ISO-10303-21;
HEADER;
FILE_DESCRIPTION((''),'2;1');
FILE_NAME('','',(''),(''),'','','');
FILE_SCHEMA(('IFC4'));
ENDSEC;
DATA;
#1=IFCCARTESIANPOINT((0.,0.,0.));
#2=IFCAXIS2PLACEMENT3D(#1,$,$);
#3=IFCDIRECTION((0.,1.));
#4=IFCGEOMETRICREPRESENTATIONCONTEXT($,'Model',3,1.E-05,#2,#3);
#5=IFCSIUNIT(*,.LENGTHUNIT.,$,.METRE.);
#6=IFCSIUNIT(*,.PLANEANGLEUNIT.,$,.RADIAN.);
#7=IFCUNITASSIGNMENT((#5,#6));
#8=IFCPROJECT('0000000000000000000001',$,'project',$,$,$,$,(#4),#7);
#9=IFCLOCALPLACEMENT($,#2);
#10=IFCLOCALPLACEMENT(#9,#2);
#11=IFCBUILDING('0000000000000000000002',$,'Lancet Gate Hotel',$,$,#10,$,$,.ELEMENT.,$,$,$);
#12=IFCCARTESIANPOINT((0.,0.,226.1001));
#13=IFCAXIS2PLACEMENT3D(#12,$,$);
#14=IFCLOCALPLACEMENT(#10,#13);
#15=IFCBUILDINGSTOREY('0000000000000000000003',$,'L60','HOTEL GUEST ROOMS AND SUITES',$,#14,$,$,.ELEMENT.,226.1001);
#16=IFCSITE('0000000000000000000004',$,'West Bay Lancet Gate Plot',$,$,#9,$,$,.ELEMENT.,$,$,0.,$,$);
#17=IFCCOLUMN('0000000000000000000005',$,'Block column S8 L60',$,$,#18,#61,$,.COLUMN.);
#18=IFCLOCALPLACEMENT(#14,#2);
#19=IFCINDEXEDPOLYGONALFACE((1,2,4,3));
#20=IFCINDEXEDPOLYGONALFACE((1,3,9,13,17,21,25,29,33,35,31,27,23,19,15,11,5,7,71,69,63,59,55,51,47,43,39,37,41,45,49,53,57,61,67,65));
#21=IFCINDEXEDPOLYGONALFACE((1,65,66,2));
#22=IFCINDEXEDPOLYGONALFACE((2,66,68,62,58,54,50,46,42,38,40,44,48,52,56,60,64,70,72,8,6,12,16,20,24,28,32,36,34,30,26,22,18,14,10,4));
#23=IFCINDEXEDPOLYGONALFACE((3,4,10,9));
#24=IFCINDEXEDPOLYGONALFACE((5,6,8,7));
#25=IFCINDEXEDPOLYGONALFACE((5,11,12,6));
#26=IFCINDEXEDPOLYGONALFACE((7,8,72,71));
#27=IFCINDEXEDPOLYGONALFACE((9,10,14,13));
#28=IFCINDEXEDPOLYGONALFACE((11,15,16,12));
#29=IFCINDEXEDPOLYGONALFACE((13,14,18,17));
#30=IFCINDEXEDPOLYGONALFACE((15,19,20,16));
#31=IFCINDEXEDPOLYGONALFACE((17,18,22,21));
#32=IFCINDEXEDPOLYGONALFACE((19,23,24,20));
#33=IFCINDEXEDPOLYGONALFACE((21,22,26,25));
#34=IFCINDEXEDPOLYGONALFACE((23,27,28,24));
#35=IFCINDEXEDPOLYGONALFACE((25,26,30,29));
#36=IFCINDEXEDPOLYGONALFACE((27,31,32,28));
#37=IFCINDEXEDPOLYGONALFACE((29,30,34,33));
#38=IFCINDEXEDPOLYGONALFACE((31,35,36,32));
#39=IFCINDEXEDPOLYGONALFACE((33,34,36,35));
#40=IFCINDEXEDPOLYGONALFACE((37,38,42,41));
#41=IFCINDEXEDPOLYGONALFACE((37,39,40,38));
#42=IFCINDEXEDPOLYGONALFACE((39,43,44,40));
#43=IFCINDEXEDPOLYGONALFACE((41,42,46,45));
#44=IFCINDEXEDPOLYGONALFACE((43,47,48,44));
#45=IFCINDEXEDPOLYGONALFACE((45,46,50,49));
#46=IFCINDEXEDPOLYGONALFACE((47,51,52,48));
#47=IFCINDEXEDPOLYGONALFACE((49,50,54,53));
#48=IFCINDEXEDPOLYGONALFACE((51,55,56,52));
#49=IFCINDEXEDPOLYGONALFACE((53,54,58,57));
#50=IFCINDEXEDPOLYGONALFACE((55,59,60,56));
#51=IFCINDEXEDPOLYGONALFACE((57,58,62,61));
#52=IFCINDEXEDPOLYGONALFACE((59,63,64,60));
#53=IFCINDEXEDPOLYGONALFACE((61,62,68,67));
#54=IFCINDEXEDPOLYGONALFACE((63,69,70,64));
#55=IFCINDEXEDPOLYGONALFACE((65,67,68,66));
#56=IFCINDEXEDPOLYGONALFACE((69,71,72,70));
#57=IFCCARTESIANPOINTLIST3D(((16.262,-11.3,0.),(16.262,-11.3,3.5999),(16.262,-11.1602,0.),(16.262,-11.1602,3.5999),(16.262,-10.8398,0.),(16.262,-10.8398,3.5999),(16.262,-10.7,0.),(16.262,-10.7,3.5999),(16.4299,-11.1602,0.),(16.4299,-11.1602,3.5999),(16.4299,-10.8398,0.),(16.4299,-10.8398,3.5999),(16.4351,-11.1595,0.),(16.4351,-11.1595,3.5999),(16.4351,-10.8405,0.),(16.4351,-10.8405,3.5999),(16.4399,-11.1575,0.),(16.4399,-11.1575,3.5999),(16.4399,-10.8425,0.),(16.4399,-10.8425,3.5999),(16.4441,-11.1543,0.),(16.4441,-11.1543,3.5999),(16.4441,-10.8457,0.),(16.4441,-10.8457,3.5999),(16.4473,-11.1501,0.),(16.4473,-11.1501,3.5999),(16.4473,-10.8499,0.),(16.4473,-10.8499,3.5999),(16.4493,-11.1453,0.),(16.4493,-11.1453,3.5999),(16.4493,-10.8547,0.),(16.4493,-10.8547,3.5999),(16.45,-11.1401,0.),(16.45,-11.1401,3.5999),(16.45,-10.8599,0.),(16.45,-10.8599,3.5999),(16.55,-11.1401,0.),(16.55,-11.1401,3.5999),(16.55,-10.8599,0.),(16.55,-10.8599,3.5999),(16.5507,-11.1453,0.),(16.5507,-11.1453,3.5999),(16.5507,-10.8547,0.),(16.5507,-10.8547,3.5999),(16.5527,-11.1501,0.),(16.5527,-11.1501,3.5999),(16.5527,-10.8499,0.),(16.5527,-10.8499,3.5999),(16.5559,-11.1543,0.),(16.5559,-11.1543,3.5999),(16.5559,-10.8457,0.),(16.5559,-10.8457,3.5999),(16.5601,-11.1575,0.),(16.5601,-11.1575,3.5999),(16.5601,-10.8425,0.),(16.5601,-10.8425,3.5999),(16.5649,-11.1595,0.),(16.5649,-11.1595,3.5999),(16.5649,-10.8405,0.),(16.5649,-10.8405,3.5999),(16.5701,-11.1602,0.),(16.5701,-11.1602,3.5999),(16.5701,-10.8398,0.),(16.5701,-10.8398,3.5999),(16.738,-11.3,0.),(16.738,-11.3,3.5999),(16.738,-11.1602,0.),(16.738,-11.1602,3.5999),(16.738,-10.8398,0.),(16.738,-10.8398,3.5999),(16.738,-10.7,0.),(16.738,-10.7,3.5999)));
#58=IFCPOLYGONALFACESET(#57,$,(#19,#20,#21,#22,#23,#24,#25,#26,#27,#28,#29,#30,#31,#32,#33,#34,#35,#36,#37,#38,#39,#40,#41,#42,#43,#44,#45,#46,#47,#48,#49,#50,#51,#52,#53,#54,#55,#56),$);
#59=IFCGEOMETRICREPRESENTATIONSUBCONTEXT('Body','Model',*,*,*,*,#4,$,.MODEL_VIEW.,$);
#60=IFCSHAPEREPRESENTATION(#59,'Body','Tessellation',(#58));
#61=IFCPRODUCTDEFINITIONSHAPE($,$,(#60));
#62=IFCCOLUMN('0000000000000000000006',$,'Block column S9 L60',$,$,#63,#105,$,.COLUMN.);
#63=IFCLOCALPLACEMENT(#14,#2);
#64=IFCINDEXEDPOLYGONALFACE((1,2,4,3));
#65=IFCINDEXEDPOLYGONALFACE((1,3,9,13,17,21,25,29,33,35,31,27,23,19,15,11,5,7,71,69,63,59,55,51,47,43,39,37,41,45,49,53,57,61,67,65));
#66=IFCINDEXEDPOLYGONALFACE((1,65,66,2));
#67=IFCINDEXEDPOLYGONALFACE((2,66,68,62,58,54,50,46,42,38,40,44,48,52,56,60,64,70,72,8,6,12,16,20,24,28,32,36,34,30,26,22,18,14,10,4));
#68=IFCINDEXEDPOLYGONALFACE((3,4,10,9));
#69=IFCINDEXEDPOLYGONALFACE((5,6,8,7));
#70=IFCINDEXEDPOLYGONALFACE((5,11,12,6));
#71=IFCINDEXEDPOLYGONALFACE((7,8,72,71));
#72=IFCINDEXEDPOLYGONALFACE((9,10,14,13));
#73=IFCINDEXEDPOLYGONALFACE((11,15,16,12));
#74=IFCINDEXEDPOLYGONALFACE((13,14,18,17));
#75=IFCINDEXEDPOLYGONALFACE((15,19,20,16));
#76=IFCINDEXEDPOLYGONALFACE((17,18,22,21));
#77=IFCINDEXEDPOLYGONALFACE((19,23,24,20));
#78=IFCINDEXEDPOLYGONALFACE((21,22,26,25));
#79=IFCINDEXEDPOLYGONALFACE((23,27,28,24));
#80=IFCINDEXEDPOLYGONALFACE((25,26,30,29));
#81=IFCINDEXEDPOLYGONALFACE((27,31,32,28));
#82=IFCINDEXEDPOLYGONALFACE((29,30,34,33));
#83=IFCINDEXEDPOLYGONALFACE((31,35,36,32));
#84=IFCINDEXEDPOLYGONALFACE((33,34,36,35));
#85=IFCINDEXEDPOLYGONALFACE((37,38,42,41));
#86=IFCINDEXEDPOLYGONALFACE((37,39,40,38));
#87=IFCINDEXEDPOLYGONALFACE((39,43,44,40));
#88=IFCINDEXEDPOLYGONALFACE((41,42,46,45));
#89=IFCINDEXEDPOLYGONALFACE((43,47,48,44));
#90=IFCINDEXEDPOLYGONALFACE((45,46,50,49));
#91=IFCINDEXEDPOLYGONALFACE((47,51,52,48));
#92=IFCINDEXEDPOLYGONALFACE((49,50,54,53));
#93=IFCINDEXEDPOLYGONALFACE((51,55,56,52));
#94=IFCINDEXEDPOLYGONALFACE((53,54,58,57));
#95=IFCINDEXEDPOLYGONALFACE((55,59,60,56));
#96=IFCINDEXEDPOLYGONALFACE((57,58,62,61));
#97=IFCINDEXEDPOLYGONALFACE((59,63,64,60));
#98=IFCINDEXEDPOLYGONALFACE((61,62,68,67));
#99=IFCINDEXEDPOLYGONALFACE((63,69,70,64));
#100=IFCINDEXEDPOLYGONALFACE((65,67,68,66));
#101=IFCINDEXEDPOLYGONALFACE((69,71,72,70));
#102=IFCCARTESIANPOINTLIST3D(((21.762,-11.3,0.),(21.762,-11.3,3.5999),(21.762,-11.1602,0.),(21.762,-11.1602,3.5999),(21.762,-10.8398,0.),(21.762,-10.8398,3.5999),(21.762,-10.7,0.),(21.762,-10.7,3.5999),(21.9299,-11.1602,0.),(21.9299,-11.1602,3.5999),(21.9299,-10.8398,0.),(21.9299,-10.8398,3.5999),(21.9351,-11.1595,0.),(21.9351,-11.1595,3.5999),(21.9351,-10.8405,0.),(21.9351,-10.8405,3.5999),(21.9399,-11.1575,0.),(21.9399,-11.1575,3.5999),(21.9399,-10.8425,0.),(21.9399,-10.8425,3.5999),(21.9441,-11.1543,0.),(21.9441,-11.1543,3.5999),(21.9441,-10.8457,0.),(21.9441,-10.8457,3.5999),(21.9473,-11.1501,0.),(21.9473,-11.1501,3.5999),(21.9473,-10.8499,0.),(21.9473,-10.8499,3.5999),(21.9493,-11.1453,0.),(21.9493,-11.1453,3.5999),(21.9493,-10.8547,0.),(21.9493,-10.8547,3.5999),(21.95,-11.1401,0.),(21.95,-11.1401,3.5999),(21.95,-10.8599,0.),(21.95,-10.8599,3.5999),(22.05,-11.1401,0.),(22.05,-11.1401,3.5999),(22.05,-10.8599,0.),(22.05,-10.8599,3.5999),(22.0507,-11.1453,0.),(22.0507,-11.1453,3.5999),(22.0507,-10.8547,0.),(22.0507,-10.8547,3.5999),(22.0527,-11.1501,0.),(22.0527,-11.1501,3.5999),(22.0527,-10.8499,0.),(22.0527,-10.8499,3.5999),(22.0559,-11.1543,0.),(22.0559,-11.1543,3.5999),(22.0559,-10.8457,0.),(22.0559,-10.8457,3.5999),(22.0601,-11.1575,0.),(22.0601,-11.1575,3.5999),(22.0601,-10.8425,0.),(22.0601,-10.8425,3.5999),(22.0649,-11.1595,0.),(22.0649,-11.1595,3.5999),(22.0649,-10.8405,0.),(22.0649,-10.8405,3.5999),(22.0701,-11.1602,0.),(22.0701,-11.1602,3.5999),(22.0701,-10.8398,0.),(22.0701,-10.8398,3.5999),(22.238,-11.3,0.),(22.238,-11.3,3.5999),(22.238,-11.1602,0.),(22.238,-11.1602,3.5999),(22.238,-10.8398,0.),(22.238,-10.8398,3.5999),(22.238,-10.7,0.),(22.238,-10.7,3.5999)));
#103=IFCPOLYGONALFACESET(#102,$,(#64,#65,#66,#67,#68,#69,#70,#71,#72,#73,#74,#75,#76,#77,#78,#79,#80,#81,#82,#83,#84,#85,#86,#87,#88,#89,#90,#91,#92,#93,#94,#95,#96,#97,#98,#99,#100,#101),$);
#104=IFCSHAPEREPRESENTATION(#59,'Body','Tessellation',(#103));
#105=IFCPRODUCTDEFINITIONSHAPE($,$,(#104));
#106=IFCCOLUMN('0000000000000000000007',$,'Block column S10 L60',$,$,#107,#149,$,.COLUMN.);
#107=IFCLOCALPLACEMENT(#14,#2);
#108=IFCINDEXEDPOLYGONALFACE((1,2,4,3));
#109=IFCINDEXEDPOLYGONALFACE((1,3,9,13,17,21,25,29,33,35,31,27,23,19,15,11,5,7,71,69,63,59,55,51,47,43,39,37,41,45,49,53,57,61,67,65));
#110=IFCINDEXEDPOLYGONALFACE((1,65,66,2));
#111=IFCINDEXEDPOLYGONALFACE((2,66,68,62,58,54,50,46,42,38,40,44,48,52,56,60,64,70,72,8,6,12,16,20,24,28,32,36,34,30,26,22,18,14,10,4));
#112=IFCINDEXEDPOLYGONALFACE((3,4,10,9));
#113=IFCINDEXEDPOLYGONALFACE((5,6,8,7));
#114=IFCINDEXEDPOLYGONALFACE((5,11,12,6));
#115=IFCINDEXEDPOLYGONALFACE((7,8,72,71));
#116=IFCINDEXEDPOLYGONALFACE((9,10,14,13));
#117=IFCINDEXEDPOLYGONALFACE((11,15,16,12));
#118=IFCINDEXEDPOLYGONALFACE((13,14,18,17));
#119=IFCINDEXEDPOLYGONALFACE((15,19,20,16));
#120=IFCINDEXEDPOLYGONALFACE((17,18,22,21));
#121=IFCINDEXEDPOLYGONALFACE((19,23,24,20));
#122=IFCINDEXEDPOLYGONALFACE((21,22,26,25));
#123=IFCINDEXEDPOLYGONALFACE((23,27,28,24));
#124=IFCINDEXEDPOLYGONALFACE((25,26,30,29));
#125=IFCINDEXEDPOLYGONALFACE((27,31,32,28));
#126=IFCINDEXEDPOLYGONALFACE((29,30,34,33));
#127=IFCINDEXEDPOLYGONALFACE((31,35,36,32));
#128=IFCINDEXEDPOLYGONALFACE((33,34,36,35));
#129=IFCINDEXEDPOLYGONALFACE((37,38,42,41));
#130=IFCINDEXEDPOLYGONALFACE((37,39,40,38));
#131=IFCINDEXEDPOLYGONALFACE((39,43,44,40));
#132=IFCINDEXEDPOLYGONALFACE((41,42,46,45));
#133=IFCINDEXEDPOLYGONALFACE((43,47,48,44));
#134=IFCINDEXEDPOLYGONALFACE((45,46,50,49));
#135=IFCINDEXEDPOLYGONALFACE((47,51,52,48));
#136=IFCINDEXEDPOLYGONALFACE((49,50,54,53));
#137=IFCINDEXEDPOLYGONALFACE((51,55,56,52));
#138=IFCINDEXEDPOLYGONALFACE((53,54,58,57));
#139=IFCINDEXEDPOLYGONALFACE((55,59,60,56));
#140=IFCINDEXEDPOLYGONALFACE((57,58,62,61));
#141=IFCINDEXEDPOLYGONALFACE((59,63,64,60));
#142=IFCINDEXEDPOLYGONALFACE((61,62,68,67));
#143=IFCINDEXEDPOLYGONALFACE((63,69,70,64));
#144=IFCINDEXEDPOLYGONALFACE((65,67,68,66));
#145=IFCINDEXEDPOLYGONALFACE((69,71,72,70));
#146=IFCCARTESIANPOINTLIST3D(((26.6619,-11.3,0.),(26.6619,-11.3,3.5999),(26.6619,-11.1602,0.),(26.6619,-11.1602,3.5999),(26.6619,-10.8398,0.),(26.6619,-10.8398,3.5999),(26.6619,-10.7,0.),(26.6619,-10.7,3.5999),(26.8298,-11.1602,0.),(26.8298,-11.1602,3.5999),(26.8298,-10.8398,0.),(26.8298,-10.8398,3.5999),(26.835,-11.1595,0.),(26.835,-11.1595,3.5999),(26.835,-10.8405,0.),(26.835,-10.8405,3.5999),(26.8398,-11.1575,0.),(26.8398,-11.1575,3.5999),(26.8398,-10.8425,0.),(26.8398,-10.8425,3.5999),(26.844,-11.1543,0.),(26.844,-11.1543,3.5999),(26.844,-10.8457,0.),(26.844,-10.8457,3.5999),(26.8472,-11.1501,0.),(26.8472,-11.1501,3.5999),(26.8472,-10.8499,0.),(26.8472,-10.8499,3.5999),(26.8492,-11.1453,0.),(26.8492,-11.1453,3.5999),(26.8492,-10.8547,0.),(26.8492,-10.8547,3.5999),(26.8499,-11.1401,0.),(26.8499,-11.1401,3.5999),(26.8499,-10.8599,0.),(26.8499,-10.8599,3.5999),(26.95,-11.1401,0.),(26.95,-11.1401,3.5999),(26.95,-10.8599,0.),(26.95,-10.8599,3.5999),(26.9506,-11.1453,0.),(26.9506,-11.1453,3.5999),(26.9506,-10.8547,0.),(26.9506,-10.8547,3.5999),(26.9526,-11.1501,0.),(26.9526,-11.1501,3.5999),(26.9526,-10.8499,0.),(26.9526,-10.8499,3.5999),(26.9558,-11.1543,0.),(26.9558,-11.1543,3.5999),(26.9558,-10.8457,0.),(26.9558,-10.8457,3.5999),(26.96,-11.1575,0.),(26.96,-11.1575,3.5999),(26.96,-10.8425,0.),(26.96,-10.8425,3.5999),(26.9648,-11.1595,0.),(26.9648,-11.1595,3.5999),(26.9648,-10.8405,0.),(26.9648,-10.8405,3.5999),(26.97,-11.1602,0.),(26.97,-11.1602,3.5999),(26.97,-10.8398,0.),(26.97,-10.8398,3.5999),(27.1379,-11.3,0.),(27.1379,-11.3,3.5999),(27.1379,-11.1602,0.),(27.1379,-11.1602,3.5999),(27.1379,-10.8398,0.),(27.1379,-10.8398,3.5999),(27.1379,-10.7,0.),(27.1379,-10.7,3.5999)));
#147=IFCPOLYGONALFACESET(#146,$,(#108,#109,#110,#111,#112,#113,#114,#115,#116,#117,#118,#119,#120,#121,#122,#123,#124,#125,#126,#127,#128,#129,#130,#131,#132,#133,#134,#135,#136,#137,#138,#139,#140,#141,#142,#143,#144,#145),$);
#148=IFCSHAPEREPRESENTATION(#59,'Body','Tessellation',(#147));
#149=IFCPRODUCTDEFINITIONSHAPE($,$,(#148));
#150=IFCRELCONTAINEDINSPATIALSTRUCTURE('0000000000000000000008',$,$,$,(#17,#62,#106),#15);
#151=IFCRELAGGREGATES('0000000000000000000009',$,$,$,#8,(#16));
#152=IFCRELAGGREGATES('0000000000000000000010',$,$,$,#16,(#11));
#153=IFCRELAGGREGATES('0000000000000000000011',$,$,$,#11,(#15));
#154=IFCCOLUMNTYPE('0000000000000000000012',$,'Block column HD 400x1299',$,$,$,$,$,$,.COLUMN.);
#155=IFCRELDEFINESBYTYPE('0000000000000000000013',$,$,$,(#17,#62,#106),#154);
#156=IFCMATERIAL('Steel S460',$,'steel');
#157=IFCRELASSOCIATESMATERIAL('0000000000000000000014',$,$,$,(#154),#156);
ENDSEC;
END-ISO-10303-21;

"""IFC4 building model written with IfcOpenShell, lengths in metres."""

from ifc_helpers import new_model, si_unit, direction, frame, origin, origin_2d, place, context, subcontext, project, spatial, i_section, extrude, material, material_profile, profile_set, type_object, element, save


model = new_model("IFC4")

# Units and contexts
model_context = context("Model", 3, precision=1e-05, world=origin(), true_north=direction((0.0, 1.0)))
body_context = subcontext(model_context, "Body", "Model", "MODEL_VIEW")
ifc_project = project(units=[si_unit("LENGTHUNIT", "METRE"), si_unit("PLANEANGLEUNIT", "RADIAN")], contexts=[model_context])

# Site, building, storey
site_placement = place(None, origin())
site = spatial("IfcSite", under=ifc_project, at=site_placement, Name="West Bay Lancet Gate Plot", CompositionType="ELEMENT", RefElevation=0.0)
building_placement = place(site_placement, origin())
building = spatial("IfcBuilding", under=site, at=building_placement, Name="Lancet Gate Hotel", CompositionType="ELEMENT")
storey_placement = place(building_placement, frame((0.0, 0.0, 226.1001)))
storey = spatial("IfcBuildingStorey", under=building, at=storey_placement, Name="L60", Description="HOTEL GUEST ROOMS AND SUITES", CompositionType="ELEMENT", Elevation=226.1001)

# Columns
ifc_material_1 = material(Name="Steel S460", Category="steel")
ifc_material_profile_1 = material_profile(ifc_material_1, i_section(OverallWidth=0.4761, OverallDepth=0.6001, WebThickness=0.1001, FlangeThickness=0.1399, FilletRadius=0.02, at=origin_2d()), Name="HD 400x1299")
ifc_profile_set_1 = profile_set([ifc_material_profile_1], Name="Steel S460")
column_type_1 = type_object("IfcColumnType", Name="Block column HD 400x1299", PredefinedType="COLUMN", material=ifc_profile_set_1)
for number, where, z_axis, x_axis, name in (
    (1, (16.5, -11.0, 0.0), (0.0, 0.0, 1.0), (1.0, 0.0, 0.0), "Block column S8 L60"),
    (2, (22.0, -11.0, 0.0), (0.0, 0.0, 1.0), (1.0, 0.0, 0.0), "Block column S9 L60"),
    (3, (26.8999, -11.0, 0.0), (0.0, 0.0, 1.0), (1.0, 0.0, 0.0), "Block column S10 L60"),
):
    element("IfcColumn", number, at=place(storey_placement, frame(where, z_axis=z_axis, x_axis=x_axis)), inside=storey, type_object=column_type_1, Name=name, PredefinedType="COLUMN", context=body_context, shape_type="SweptSolid", body=[
        extrude(i_section(OverallWidth=0.4761, OverallDepth=0.6001, WebThickness=0.1001, FlangeThickness=0.1399, FilletRadius=0.02, at=origin_2d()), origin(), (0.0, 0.0, 1.0), 3.5999),
    ])

save(model, "model.ifc")
